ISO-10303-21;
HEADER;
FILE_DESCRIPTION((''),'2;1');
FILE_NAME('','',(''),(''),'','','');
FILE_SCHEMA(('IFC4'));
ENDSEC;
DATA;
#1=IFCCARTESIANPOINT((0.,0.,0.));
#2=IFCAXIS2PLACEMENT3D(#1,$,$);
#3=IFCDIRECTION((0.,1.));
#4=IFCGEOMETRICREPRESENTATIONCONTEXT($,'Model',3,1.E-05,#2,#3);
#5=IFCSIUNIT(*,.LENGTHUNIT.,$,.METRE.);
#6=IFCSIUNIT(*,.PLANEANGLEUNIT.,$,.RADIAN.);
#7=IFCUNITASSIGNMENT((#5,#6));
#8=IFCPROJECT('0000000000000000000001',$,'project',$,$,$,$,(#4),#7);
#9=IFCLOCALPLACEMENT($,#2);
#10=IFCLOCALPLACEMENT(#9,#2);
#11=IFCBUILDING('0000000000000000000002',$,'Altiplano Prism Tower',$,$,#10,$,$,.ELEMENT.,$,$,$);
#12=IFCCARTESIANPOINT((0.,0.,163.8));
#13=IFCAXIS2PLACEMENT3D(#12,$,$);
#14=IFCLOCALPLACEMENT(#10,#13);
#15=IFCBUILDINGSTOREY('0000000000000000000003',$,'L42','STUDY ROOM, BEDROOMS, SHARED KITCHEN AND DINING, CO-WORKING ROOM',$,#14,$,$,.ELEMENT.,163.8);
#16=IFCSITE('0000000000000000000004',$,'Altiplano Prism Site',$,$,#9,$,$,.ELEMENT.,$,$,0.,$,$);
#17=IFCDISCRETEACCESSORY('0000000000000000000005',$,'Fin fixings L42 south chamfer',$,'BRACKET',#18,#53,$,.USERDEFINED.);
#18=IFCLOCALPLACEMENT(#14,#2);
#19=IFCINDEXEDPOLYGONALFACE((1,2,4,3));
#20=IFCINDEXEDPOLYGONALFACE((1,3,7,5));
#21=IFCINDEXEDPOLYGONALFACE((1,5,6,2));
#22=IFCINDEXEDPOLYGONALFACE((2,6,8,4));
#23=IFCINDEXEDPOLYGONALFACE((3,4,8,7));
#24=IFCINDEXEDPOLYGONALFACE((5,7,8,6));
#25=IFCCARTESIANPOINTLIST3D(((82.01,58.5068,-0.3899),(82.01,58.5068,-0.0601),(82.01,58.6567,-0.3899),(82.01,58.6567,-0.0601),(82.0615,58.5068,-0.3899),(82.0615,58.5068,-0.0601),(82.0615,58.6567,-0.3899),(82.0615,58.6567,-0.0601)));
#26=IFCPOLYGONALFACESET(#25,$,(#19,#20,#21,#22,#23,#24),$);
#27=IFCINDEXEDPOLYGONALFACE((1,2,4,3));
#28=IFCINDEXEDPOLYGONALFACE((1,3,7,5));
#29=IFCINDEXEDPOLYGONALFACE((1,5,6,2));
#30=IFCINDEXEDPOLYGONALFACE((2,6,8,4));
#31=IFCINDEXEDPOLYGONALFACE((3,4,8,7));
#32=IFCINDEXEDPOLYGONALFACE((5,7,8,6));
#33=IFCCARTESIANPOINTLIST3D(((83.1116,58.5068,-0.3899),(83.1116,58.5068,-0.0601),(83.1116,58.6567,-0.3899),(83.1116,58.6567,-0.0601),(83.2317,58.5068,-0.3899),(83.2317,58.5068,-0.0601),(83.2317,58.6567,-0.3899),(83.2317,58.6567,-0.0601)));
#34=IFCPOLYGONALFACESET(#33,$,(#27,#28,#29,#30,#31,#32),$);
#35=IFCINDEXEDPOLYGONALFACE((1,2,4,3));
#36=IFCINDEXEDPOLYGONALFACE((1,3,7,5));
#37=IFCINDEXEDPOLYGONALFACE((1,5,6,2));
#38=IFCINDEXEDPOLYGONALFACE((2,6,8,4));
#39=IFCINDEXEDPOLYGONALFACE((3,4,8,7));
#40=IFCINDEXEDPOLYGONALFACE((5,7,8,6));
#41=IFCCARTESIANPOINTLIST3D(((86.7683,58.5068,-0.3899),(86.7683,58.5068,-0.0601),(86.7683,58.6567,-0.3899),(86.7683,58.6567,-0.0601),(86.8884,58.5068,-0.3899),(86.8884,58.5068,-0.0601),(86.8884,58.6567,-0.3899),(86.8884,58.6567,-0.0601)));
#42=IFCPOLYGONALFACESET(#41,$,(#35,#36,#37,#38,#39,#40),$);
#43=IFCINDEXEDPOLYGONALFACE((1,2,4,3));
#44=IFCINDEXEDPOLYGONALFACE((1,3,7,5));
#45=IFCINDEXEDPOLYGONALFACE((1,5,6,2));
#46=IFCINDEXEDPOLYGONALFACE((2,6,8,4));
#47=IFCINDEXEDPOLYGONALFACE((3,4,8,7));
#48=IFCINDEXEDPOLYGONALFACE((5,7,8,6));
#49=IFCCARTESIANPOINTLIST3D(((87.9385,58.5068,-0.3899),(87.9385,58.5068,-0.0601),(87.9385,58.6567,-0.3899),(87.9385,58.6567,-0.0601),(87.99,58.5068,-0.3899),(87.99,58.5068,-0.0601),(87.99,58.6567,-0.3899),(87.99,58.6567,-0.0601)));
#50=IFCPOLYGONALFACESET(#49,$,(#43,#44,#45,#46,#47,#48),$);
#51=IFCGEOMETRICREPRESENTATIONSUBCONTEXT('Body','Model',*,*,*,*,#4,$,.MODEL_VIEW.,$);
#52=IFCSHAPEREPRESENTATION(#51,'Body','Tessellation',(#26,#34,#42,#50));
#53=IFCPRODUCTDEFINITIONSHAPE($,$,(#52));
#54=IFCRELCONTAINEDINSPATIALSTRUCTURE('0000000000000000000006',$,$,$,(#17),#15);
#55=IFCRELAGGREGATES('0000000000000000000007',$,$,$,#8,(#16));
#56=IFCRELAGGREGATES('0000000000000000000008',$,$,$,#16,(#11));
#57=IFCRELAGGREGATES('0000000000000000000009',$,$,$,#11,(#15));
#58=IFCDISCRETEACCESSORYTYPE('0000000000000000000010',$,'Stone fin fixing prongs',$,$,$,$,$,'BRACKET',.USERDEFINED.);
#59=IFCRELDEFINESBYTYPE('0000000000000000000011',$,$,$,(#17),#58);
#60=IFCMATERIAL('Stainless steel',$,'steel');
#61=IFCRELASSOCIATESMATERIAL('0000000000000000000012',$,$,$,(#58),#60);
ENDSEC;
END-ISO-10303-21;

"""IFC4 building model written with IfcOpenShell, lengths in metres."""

from ifc_helpers import new_model, si_unit, direction, frame, origin, place, context, subcontext, project, spatial, polyline, outline, extrude, source, transform, mapped, material, type_object, element, save


model = new_model("IFC4")

# Units and contexts
model_context = context("Model", 3, precision=1e-05, world=origin(), true_north=direction((0.0, 1.0)))
body_context = subcontext(model_context, "Body", "Model", "MODEL_VIEW")
ifc_project = project(units=[si_unit("LENGTHUNIT", "METRE"), si_unit("PLANEANGLEUNIT", "RADIAN")], contexts=[model_context])

# Site, building, storey
site_placement = place(None, origin())
site = spatial("IfcSite", under=ifc_project, at=site_placement, Name="Altiplano Prism Site", CompositionType="ELEMENT", RefElevation=0.0)
building_placement = place(site_placement, origin())
building = spatial("IfcBuilding", under=site, at=building_placement, Name="Altiplano Prism Tower", CompositionType="ELEMENT")
storey_placement = place(building_placement, frame((0.0, 0.0, 163.8)))
storey = spatial("IfcBuildingStorey", under=building, at=storey_placement, Name="L42", Description="STUDY ROOM, BEDROOMS, SHARED KITCHEN AND DINING, CO-WORKING ROOM", CompositionType="ELEMENT", Elevation=163.8)

# Discrete accessory
ifc_material_1 = material(Name="Stainless steel", Category="steel")
discrete_accessory_type = type_object("IfcDiscreteAccessoryType", Name="Stone fin fixing prongs", ElementType="BRACKET", PredefinedType="USERDEFINED", material=ifc_material_1)
shared_shape_1 = source(origin(), body_context, "Body", "SweptSolid", [
    extrude(outline(polyline([(-2.99, 0.0601), (-2.9385, 0.0601), (-2.9385, 0.3899), (-2.99, 0.3899), (-2.99, 0.0601)])), frame((0.0, 0.0, 0.0), z_axis=(0.0, -1.0, 0.0), x_axis=(1.0, 0.0, 0.0)), (0.0, 0.0, 1.0), 0.1499),
    extrude(outline(polyline([(-1.8884, 0.0601), (-1.7683, 0.0601), (-1.7683, 0.3899), (-1.8884, 0.3899), (-1.8884, 0.0601)])), frame((0.0, 0.0, 0.0), z_axis=(0.0, -1.0, 0.0), x_axis=(1.0, 0.0, 0.0)), (0.0, 0.0, 1.0), 0.1499),
    extrude(outline(polyline([(1.7683, 0.0601), (1.8884, 0.0601), (1.8884, 0.3899), (1.7683, 0.3899), (1.7683, 0.0601)])), frame((0.0, 0.0, 0.0), z_axis=(0.0, -1.0, 0.0), x_axis=(1.0, 0.0, 0.0)), (0.0, 0.0, 1.0), 0.1499),
    extrude(outline(polyline([(2.9385, 0.0601), (2.99, 0.0601), (2.99, 0.3899), (2.9385, 0.3899), (2.9385, 0.0601)])), frame((0.0, 0.0, 0.0), z_axis=(0.0, -1.0, 0.0), x_axis=(1.0, 0.0, 0.0)), (0.0, 0.0, 1.0), 0.1499),
])
discrete_accessory_1_placement = place(storey_placement, origin())
element("IfcDiscreteAccessory", 1, at=discrete_accessory_1_placement, inside=storey, type_object=discrete_accessory_type, Name="Fin fixings L42 south chamfer", ObjectType="BRACKET", PredefinedType="USERDEFINED", context=body_context, shape_type="MappedRepresentation", body=[
    mapped(shared_shape_1, transform((85.0, 58.6567, -0.45), x_axis=(1.0, 0.0, 0.0), y_axis=(0.0, 1.0, 0.0), z_axis=(0.0, 0.0, 1.0))),
])

save(model, "model.ifc")
